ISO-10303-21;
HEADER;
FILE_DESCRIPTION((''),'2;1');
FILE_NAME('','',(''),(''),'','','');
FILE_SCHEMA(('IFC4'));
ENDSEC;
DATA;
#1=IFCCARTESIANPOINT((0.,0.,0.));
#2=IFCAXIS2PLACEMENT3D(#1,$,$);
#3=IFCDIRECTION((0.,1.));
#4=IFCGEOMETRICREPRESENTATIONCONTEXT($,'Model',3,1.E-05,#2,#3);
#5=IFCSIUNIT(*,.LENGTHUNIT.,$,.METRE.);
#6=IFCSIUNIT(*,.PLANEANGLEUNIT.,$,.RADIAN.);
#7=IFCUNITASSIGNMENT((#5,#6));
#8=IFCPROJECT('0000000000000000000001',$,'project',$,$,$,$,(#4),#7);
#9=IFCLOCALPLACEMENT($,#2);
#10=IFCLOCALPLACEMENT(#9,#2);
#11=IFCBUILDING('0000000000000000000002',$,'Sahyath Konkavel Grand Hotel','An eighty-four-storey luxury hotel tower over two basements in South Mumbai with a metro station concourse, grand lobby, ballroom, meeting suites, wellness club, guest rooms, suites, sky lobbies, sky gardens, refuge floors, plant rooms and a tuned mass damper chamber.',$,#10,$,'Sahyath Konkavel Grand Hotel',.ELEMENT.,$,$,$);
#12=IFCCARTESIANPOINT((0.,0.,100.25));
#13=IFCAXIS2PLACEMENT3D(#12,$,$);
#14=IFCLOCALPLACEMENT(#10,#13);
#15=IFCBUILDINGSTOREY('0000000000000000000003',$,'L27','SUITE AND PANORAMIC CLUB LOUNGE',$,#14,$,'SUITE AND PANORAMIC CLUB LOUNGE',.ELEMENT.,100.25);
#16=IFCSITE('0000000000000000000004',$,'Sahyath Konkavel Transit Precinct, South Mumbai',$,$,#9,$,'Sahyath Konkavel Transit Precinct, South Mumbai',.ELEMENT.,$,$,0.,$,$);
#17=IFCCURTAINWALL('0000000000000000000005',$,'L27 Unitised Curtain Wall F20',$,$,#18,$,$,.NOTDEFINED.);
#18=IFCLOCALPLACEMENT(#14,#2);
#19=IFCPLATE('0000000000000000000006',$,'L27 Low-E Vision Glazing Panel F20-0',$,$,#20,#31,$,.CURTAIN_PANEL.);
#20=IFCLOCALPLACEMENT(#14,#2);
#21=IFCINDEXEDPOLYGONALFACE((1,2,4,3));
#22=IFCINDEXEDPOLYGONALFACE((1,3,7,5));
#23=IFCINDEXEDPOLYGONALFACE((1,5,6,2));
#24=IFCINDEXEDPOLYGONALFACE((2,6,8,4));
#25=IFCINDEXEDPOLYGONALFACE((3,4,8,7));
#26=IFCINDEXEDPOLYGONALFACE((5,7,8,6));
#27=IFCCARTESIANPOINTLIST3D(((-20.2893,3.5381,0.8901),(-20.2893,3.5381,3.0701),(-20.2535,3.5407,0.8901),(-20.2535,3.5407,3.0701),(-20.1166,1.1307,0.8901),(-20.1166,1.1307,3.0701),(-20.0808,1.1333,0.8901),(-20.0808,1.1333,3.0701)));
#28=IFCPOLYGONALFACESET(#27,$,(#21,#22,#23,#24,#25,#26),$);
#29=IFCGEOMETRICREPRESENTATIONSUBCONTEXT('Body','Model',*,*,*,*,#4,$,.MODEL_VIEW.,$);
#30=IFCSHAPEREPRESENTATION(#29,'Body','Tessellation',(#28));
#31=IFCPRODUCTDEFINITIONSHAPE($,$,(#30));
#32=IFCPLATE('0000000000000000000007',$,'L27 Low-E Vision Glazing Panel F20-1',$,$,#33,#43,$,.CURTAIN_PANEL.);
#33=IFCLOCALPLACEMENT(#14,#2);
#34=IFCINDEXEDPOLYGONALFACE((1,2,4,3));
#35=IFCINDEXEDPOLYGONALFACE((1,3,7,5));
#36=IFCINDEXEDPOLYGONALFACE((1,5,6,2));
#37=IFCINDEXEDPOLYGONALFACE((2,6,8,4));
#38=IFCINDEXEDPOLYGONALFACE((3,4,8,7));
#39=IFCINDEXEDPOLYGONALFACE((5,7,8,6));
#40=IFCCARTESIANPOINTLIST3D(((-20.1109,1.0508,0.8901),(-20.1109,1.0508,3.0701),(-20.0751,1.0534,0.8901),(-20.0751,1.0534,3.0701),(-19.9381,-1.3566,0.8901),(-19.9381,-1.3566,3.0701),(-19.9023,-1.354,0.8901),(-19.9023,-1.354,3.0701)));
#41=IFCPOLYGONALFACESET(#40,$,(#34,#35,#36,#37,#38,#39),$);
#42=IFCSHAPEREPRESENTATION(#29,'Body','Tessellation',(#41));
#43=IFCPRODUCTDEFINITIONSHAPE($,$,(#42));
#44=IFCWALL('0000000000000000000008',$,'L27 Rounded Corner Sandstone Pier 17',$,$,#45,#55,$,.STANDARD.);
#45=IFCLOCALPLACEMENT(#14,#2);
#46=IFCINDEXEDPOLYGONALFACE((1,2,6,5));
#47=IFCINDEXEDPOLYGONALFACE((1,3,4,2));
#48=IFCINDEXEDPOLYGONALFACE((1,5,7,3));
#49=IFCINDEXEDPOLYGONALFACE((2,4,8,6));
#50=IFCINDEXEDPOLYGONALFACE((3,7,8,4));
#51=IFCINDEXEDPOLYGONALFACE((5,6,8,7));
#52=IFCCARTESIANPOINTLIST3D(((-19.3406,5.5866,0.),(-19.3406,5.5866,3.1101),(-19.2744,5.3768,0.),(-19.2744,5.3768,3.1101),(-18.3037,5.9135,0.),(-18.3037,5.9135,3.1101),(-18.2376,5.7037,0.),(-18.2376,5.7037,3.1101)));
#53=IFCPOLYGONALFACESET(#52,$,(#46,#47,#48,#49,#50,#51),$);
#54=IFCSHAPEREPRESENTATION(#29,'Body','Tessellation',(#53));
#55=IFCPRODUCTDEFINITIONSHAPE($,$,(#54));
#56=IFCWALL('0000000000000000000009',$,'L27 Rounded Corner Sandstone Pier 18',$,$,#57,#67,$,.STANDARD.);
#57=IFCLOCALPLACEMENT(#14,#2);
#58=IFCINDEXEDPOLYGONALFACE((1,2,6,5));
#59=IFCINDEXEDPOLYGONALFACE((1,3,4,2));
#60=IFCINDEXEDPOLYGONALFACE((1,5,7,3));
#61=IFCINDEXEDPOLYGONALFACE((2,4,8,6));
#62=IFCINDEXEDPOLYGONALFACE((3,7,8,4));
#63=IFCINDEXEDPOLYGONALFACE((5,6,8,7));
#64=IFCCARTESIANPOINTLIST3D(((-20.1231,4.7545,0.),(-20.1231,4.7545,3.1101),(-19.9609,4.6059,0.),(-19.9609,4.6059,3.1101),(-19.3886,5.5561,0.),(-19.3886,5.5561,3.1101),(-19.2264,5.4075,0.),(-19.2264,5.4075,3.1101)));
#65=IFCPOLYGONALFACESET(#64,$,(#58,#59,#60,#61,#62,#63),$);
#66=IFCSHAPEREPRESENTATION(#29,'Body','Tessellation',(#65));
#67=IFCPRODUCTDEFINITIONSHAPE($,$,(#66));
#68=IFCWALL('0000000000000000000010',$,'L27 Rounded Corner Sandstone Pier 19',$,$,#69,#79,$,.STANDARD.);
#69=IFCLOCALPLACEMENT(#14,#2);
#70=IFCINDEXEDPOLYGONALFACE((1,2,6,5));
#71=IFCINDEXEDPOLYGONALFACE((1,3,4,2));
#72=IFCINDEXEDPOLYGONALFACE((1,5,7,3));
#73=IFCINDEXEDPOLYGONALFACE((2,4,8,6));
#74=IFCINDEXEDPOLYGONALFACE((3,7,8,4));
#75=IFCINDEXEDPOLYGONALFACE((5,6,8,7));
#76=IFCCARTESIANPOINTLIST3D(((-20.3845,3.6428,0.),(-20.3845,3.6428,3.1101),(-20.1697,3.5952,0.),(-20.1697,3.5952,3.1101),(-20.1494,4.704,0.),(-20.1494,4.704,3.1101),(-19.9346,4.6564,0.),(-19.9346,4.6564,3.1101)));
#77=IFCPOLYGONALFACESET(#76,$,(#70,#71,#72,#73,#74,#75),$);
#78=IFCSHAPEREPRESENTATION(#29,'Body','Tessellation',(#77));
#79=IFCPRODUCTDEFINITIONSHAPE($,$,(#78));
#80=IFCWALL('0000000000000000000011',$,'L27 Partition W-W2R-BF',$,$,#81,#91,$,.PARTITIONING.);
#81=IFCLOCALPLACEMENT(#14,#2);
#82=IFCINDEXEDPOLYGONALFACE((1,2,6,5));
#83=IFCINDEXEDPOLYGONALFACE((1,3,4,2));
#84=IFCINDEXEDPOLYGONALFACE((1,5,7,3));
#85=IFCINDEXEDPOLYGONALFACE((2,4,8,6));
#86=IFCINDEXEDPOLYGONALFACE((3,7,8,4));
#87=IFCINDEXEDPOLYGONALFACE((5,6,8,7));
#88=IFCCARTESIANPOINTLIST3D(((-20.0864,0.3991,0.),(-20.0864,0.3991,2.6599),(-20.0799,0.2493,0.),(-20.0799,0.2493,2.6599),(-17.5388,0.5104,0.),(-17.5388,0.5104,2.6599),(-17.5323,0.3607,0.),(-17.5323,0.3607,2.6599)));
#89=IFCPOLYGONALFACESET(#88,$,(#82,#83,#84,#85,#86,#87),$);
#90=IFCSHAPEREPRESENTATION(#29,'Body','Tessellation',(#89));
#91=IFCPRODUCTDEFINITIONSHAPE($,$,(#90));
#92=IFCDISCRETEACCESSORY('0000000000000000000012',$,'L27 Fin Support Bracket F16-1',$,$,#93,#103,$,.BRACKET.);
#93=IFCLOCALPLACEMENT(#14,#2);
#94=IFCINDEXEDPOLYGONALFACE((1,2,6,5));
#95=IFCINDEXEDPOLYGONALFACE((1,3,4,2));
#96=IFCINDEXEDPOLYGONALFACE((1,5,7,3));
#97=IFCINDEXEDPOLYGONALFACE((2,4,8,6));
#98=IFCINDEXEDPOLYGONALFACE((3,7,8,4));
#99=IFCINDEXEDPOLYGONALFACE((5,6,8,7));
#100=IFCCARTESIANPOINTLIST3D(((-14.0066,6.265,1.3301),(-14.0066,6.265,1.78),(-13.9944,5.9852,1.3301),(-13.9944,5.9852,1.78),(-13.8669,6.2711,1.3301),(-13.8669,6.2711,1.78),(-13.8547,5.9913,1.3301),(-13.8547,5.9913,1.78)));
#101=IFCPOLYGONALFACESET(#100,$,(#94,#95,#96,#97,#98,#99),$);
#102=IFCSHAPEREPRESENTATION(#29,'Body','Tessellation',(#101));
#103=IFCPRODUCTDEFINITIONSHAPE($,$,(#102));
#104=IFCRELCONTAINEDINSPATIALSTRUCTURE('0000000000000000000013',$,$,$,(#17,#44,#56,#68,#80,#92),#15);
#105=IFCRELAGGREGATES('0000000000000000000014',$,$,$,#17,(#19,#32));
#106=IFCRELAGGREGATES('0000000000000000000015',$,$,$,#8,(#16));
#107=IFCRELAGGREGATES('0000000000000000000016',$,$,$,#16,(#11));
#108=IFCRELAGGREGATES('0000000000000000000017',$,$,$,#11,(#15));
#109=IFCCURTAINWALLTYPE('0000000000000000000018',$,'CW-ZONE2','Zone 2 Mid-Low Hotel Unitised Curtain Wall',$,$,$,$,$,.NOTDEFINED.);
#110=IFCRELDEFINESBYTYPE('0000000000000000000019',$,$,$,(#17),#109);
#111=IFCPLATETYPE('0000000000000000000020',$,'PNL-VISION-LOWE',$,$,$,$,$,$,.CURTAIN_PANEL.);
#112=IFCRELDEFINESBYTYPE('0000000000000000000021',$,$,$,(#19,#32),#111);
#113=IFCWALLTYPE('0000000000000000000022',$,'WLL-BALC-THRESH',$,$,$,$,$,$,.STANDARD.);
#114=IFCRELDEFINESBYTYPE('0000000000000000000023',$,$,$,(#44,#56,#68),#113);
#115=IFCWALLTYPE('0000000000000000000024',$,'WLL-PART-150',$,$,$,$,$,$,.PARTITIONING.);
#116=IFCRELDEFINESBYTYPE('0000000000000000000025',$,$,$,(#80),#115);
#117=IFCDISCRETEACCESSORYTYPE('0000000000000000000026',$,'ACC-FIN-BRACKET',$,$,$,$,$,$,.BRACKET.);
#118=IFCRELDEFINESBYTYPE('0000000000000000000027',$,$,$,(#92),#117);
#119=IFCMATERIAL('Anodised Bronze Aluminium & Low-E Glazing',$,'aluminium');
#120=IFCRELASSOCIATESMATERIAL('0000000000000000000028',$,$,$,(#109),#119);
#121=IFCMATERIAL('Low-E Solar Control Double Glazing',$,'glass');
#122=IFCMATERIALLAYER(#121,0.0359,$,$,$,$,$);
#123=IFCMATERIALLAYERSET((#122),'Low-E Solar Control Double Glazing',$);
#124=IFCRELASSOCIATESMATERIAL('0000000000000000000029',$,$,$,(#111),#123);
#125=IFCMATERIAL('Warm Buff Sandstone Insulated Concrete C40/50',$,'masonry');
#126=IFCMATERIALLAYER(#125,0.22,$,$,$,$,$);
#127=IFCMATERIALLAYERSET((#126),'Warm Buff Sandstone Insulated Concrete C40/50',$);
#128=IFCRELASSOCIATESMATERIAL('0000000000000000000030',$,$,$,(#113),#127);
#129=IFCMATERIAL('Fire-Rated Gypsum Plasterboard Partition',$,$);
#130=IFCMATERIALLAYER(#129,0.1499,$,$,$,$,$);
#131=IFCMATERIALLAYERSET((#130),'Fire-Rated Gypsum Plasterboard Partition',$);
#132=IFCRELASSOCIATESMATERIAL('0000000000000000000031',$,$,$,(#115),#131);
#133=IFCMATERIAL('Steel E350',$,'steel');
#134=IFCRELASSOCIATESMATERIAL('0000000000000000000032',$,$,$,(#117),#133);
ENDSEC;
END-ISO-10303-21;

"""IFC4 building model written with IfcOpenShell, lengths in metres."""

from ifc_helpers import new_model, si_unit, direction, frame, frame_2d, origin, origin_2d, place, context, subcontext, project, spatial, rectangle, extrude, source, transform, mapped, material, layer, layer_set, type_object, element, aggregate, save


model = new_model("IFC4")

# Units and contexts
model_context = context("Model", 3, precision=1e-05, world=origin(), true_north=direction((0.0, 1.0)))
body_context = subcontext(model_context, "Body", "Model", "MODEL_VIEW")
ifc_project = project(units=[si_unit("LENGTHUNIT", "METRE"), si_unit("PLANEANGLEUNIT", "RADIAN")], contexts=[model_context])

# Site, building, storey
site_placement = place(None, origin())
site = spatial("IfcSite", under=ifc_project, at=site_placement, Name="Sahyath Konkavel Transit Precinct, South Mumbai", LongName="Sahyath Konkavel Transit Precinct, South Mumbai", CompositionType="ELEMENT", RefElevation=0.0)
building_placement = place(site_placement, origin())
building = spatial("IfcBuilding", under=site, at=building_placement, Name="Sahyath Konkavel Grand Hotel", Description="An eighty-four-storey luxury hotel tower over two basements in South Mumbai with a metro station concourse, grand lobby, ballroom, meeting suites, wellness club, guest rooms, suites, sky lobbies, sky gardens, refuge floors, plant rooms and a tuned mass damper chamber.", LongName="Sahyath Konkavel Grand Hotel", CompositionType="ELEMENT")
storey_placement = place(building_placement, frame((0.0, 0.0, 100.25)))
storey = spatial("IfcBuildingStorey", under=building, at=storey_placement, Name="L27", Description="SUITE AND PANORAMIC CLUB LOUNGE", LongName="SUITE AND PANORAMIC CLUB LOUNGE", CompositionType="ELEMENT", Elevation=100.25)

# Shared definitions
ifc_material_1 = material(Name="Steel E350", Category="steel")

# Curtain wall
ifc_material_2 = material(Name="Anodised Bronze Aluminium & Low-E Glazing", Category="aluminium")
curtain_wall_type = type_object("IfcCurtainWallType", Name="CW-ZONE2", Description="Zone 2 Mid-Low Hotel Unitised Curtain Wall", PredefinedType="NOTDEFINED", material=ifc_material_2)
curtain_wall_1_placement = place(storey_placement, origin())
curtain_wall_1 = element("IfcCurtainWall", 1, at=curtain_wall_1_placement, inside=storey, type_object=curtain_wall_type, Name="L27 Unitised Curtain Wall F20", PredefinedType="NOTDEFINED")

# Plates
ifc_material_3 = material(Name="Low-E Solar Control Double Glazing", Category="glass")
ifc_layer_1 = layer(ifc_material_3, 0.0359)
ifc_layer_set_1 = layer_set([ifc_layer_1], Name="Low-E Solar Control Double Glazing")
plate_type_1 = type_object("IfcPlateType", Name="PNL-VISION-LOWE", PredefinedType="CURTAIN_PANEL", material=ifc_layer_set_1)
shared_shape_1 = source(origin(), body_context, "Body", "SweptSolid", [
    extrude(rectangle(XDim=2.4136, YDim=0.0359, at=origin_2d()), origin(), (0.0, 0.0, 1.0), 2.1799),
])
plate_1_placement = place(storey_placement, frame((-20.1851, 2.3357, 0.8901), z_axis=(0.0, 0.0, 1.0), x_axis=(0.071567, -0.997436, 0.0)))
plate_1 = element("IfcPlate", 2, at=plate_1_placement, type_object=plate_type_1, Name="L27 Low-E Vision Glazing Panel F20-0", PredefinedType="CURTAIN_PANEL", context=body_context, shape_type="MappedRepresentation", body=[
    mapped(shared_shape_1, transform((0.0, 0.0, 0.0), scale=1.0)),
])
plate_2_placement = place(storey_placement, frame((-20.0066, -0.1516, 0.8901), z_axis=(0.0, 0.0, 1.0), x_axis=(0.071567, -0.997436, 0.0)))
plate_2 = element("IfcPlate", 3, at=plate_2_placement, type_object=plate_type_1, Name="L27 Low-E Vision Glazing Panel F20-1", PredefinedType="CURTAIN_PANEL", context=body_context, shape_type="MappedRepresentation", body=[
    mapped(shared_shape_1, transform((0.0, 0.0, 0.0), scale=1.0)),
])
aggregate(curtain_wall_1, [plate_1, plate_2])

# Walls
ifc_material_4 = material(Name="Warm Buff Sandstone Insulated Concrete C40/50", Category="masonry")
ifc_layer_2 = layer(ifc_material_4, 0.22)
ifc_layer_set_2 = layer_set([ifc_layer_2], Name="Warm Buff Sandstone Insulated Concrete C40/50")
wall_type_1 = type_object("IfcWallType", Name="WLL-BALC-THRESH", PredefinedType="STANDARD", material=ifc_layer_set_2)
for number, where, z_axis, x_axis, name in (
    (4, (-18.2708, 5.8086, 0.0), (0.0, 0.0, 1.0), (-0.953722, -0.300691, 0.0), "L27 Rounded Corner Sandstone Pier 17"),
    (5, (-19.3076, 5.4817, 0.0), (0.0, 0.0, 1.0), (-0.675552, -0.737313, 0.0), "L27 Rounded Corner Sandstone Pier 18"),
):
    element("IfcWall", number, at=place(storey_placement, frame(where, z_axis=z_axis, x_axis=x_axis)), inside=storey, type_object=wall_type_1, Name=name, PredefinedType="STANDARD", context=body_context, shape_type="SweptSolid", body=[
        extrude(rectangle(XDim=1.0872, YDim=0.22, at=frame_2d((0.5435, 0.0))), origin(), (0.0, 0.0, 1.0), 3.1101),
    ])
wall_1_placement = place(storey_placement, frame((-20.042, 4.6802, 0.0), z_axis=(0.0, 0.0, 1.0), x_axis=(-0.216288, -0.97633, 0.0)))
element("IfcWall", 6, at=wall_1_placement, inside=storey, type_object=wall_type_1, Name="L27 Rounded Corner Sandstone Pier 19", PredefinedType="STANDARD", context=body_context, shape_type="SweptSolid", body=[
    extrude(rectangle(XDim=1.0869, YDim=0.22, at=frame_2d((0.5435, 0.0))), origin(), (0.0, 0.0, 1.0), 3.1101),
])
ifc_material_5 = material(Name="Fire-Rated Gypsum Plasterboard Partition")
ifc_layer_3 = layer(ifc_material_5, 0.1499)
ifc_layer_set_3 = layer_set([ifc_layer_3], Name="Fire-Rated Gypsum Plasterboard Partition")
wall_type_2 = type_object("IfcWallType", Name="WLL-PART-150", PredefinedType="PARTITIONING", material=ifc_layer_set_3)
wall_2_placement = place(storey_placement, frame((-17.5356, 0.4355, 0.0), z_axis=(0.0, 0.0, 1.0), x_axis=(-0.999047, -0.043657, 0.0)))
element("IfcWall", 7, at=wall_2_placement, inside=storey, type_object=wall_type_2, Name="L27 Partition W-W2R-BF", PredefinedType="PARTITIONING", context=body_context, shape_type="SweptSolid", body=[
    extrude(rectangle(XDim=2.55, YDim=0.1499, at=frame_2d((1.2749, 0.0))), origin(), (0.0, 0.0, 1.0), 2.6599),
])

# Discrete accessory
discrete_accessory_type = type_object("IfcDiscreteAccessoryType", Name="ACC-FIN-BRACKET", PredefinedType="BRACKET", material=ifc_material_1)
shared_shape_2 = source(origin(), body_context, "Body", "SweptSolid", [
    extrude(rectangle(XDim=0.28, YDim=0.1399, at=origin_2d()), origin(), (0.0, 0.0, 1.0), 0.45),
])
discrete_accessory_placement = place(storey_placement, frame((-13.9307, 6.1282, 1.3301), z_axis=(0.0, 0.0, 1.0), x_axis=(-0.043602, 0.999049, 0.0)))
element("IfcDiscreteAccessory", 8, at=discrete_accessory_placement, inside=storey, type_object=discrete_accessory_type, Name="L27 Fin Support Bracket F16-1", PredefinedType="BRACKET", context=body_context, shape_type="MappedRepresentation", body=[
    mapped(shared_shape_2, transform((0.0, 0.0, 0.0), scale=1.0)),
])

save(model, "model.ifc")
